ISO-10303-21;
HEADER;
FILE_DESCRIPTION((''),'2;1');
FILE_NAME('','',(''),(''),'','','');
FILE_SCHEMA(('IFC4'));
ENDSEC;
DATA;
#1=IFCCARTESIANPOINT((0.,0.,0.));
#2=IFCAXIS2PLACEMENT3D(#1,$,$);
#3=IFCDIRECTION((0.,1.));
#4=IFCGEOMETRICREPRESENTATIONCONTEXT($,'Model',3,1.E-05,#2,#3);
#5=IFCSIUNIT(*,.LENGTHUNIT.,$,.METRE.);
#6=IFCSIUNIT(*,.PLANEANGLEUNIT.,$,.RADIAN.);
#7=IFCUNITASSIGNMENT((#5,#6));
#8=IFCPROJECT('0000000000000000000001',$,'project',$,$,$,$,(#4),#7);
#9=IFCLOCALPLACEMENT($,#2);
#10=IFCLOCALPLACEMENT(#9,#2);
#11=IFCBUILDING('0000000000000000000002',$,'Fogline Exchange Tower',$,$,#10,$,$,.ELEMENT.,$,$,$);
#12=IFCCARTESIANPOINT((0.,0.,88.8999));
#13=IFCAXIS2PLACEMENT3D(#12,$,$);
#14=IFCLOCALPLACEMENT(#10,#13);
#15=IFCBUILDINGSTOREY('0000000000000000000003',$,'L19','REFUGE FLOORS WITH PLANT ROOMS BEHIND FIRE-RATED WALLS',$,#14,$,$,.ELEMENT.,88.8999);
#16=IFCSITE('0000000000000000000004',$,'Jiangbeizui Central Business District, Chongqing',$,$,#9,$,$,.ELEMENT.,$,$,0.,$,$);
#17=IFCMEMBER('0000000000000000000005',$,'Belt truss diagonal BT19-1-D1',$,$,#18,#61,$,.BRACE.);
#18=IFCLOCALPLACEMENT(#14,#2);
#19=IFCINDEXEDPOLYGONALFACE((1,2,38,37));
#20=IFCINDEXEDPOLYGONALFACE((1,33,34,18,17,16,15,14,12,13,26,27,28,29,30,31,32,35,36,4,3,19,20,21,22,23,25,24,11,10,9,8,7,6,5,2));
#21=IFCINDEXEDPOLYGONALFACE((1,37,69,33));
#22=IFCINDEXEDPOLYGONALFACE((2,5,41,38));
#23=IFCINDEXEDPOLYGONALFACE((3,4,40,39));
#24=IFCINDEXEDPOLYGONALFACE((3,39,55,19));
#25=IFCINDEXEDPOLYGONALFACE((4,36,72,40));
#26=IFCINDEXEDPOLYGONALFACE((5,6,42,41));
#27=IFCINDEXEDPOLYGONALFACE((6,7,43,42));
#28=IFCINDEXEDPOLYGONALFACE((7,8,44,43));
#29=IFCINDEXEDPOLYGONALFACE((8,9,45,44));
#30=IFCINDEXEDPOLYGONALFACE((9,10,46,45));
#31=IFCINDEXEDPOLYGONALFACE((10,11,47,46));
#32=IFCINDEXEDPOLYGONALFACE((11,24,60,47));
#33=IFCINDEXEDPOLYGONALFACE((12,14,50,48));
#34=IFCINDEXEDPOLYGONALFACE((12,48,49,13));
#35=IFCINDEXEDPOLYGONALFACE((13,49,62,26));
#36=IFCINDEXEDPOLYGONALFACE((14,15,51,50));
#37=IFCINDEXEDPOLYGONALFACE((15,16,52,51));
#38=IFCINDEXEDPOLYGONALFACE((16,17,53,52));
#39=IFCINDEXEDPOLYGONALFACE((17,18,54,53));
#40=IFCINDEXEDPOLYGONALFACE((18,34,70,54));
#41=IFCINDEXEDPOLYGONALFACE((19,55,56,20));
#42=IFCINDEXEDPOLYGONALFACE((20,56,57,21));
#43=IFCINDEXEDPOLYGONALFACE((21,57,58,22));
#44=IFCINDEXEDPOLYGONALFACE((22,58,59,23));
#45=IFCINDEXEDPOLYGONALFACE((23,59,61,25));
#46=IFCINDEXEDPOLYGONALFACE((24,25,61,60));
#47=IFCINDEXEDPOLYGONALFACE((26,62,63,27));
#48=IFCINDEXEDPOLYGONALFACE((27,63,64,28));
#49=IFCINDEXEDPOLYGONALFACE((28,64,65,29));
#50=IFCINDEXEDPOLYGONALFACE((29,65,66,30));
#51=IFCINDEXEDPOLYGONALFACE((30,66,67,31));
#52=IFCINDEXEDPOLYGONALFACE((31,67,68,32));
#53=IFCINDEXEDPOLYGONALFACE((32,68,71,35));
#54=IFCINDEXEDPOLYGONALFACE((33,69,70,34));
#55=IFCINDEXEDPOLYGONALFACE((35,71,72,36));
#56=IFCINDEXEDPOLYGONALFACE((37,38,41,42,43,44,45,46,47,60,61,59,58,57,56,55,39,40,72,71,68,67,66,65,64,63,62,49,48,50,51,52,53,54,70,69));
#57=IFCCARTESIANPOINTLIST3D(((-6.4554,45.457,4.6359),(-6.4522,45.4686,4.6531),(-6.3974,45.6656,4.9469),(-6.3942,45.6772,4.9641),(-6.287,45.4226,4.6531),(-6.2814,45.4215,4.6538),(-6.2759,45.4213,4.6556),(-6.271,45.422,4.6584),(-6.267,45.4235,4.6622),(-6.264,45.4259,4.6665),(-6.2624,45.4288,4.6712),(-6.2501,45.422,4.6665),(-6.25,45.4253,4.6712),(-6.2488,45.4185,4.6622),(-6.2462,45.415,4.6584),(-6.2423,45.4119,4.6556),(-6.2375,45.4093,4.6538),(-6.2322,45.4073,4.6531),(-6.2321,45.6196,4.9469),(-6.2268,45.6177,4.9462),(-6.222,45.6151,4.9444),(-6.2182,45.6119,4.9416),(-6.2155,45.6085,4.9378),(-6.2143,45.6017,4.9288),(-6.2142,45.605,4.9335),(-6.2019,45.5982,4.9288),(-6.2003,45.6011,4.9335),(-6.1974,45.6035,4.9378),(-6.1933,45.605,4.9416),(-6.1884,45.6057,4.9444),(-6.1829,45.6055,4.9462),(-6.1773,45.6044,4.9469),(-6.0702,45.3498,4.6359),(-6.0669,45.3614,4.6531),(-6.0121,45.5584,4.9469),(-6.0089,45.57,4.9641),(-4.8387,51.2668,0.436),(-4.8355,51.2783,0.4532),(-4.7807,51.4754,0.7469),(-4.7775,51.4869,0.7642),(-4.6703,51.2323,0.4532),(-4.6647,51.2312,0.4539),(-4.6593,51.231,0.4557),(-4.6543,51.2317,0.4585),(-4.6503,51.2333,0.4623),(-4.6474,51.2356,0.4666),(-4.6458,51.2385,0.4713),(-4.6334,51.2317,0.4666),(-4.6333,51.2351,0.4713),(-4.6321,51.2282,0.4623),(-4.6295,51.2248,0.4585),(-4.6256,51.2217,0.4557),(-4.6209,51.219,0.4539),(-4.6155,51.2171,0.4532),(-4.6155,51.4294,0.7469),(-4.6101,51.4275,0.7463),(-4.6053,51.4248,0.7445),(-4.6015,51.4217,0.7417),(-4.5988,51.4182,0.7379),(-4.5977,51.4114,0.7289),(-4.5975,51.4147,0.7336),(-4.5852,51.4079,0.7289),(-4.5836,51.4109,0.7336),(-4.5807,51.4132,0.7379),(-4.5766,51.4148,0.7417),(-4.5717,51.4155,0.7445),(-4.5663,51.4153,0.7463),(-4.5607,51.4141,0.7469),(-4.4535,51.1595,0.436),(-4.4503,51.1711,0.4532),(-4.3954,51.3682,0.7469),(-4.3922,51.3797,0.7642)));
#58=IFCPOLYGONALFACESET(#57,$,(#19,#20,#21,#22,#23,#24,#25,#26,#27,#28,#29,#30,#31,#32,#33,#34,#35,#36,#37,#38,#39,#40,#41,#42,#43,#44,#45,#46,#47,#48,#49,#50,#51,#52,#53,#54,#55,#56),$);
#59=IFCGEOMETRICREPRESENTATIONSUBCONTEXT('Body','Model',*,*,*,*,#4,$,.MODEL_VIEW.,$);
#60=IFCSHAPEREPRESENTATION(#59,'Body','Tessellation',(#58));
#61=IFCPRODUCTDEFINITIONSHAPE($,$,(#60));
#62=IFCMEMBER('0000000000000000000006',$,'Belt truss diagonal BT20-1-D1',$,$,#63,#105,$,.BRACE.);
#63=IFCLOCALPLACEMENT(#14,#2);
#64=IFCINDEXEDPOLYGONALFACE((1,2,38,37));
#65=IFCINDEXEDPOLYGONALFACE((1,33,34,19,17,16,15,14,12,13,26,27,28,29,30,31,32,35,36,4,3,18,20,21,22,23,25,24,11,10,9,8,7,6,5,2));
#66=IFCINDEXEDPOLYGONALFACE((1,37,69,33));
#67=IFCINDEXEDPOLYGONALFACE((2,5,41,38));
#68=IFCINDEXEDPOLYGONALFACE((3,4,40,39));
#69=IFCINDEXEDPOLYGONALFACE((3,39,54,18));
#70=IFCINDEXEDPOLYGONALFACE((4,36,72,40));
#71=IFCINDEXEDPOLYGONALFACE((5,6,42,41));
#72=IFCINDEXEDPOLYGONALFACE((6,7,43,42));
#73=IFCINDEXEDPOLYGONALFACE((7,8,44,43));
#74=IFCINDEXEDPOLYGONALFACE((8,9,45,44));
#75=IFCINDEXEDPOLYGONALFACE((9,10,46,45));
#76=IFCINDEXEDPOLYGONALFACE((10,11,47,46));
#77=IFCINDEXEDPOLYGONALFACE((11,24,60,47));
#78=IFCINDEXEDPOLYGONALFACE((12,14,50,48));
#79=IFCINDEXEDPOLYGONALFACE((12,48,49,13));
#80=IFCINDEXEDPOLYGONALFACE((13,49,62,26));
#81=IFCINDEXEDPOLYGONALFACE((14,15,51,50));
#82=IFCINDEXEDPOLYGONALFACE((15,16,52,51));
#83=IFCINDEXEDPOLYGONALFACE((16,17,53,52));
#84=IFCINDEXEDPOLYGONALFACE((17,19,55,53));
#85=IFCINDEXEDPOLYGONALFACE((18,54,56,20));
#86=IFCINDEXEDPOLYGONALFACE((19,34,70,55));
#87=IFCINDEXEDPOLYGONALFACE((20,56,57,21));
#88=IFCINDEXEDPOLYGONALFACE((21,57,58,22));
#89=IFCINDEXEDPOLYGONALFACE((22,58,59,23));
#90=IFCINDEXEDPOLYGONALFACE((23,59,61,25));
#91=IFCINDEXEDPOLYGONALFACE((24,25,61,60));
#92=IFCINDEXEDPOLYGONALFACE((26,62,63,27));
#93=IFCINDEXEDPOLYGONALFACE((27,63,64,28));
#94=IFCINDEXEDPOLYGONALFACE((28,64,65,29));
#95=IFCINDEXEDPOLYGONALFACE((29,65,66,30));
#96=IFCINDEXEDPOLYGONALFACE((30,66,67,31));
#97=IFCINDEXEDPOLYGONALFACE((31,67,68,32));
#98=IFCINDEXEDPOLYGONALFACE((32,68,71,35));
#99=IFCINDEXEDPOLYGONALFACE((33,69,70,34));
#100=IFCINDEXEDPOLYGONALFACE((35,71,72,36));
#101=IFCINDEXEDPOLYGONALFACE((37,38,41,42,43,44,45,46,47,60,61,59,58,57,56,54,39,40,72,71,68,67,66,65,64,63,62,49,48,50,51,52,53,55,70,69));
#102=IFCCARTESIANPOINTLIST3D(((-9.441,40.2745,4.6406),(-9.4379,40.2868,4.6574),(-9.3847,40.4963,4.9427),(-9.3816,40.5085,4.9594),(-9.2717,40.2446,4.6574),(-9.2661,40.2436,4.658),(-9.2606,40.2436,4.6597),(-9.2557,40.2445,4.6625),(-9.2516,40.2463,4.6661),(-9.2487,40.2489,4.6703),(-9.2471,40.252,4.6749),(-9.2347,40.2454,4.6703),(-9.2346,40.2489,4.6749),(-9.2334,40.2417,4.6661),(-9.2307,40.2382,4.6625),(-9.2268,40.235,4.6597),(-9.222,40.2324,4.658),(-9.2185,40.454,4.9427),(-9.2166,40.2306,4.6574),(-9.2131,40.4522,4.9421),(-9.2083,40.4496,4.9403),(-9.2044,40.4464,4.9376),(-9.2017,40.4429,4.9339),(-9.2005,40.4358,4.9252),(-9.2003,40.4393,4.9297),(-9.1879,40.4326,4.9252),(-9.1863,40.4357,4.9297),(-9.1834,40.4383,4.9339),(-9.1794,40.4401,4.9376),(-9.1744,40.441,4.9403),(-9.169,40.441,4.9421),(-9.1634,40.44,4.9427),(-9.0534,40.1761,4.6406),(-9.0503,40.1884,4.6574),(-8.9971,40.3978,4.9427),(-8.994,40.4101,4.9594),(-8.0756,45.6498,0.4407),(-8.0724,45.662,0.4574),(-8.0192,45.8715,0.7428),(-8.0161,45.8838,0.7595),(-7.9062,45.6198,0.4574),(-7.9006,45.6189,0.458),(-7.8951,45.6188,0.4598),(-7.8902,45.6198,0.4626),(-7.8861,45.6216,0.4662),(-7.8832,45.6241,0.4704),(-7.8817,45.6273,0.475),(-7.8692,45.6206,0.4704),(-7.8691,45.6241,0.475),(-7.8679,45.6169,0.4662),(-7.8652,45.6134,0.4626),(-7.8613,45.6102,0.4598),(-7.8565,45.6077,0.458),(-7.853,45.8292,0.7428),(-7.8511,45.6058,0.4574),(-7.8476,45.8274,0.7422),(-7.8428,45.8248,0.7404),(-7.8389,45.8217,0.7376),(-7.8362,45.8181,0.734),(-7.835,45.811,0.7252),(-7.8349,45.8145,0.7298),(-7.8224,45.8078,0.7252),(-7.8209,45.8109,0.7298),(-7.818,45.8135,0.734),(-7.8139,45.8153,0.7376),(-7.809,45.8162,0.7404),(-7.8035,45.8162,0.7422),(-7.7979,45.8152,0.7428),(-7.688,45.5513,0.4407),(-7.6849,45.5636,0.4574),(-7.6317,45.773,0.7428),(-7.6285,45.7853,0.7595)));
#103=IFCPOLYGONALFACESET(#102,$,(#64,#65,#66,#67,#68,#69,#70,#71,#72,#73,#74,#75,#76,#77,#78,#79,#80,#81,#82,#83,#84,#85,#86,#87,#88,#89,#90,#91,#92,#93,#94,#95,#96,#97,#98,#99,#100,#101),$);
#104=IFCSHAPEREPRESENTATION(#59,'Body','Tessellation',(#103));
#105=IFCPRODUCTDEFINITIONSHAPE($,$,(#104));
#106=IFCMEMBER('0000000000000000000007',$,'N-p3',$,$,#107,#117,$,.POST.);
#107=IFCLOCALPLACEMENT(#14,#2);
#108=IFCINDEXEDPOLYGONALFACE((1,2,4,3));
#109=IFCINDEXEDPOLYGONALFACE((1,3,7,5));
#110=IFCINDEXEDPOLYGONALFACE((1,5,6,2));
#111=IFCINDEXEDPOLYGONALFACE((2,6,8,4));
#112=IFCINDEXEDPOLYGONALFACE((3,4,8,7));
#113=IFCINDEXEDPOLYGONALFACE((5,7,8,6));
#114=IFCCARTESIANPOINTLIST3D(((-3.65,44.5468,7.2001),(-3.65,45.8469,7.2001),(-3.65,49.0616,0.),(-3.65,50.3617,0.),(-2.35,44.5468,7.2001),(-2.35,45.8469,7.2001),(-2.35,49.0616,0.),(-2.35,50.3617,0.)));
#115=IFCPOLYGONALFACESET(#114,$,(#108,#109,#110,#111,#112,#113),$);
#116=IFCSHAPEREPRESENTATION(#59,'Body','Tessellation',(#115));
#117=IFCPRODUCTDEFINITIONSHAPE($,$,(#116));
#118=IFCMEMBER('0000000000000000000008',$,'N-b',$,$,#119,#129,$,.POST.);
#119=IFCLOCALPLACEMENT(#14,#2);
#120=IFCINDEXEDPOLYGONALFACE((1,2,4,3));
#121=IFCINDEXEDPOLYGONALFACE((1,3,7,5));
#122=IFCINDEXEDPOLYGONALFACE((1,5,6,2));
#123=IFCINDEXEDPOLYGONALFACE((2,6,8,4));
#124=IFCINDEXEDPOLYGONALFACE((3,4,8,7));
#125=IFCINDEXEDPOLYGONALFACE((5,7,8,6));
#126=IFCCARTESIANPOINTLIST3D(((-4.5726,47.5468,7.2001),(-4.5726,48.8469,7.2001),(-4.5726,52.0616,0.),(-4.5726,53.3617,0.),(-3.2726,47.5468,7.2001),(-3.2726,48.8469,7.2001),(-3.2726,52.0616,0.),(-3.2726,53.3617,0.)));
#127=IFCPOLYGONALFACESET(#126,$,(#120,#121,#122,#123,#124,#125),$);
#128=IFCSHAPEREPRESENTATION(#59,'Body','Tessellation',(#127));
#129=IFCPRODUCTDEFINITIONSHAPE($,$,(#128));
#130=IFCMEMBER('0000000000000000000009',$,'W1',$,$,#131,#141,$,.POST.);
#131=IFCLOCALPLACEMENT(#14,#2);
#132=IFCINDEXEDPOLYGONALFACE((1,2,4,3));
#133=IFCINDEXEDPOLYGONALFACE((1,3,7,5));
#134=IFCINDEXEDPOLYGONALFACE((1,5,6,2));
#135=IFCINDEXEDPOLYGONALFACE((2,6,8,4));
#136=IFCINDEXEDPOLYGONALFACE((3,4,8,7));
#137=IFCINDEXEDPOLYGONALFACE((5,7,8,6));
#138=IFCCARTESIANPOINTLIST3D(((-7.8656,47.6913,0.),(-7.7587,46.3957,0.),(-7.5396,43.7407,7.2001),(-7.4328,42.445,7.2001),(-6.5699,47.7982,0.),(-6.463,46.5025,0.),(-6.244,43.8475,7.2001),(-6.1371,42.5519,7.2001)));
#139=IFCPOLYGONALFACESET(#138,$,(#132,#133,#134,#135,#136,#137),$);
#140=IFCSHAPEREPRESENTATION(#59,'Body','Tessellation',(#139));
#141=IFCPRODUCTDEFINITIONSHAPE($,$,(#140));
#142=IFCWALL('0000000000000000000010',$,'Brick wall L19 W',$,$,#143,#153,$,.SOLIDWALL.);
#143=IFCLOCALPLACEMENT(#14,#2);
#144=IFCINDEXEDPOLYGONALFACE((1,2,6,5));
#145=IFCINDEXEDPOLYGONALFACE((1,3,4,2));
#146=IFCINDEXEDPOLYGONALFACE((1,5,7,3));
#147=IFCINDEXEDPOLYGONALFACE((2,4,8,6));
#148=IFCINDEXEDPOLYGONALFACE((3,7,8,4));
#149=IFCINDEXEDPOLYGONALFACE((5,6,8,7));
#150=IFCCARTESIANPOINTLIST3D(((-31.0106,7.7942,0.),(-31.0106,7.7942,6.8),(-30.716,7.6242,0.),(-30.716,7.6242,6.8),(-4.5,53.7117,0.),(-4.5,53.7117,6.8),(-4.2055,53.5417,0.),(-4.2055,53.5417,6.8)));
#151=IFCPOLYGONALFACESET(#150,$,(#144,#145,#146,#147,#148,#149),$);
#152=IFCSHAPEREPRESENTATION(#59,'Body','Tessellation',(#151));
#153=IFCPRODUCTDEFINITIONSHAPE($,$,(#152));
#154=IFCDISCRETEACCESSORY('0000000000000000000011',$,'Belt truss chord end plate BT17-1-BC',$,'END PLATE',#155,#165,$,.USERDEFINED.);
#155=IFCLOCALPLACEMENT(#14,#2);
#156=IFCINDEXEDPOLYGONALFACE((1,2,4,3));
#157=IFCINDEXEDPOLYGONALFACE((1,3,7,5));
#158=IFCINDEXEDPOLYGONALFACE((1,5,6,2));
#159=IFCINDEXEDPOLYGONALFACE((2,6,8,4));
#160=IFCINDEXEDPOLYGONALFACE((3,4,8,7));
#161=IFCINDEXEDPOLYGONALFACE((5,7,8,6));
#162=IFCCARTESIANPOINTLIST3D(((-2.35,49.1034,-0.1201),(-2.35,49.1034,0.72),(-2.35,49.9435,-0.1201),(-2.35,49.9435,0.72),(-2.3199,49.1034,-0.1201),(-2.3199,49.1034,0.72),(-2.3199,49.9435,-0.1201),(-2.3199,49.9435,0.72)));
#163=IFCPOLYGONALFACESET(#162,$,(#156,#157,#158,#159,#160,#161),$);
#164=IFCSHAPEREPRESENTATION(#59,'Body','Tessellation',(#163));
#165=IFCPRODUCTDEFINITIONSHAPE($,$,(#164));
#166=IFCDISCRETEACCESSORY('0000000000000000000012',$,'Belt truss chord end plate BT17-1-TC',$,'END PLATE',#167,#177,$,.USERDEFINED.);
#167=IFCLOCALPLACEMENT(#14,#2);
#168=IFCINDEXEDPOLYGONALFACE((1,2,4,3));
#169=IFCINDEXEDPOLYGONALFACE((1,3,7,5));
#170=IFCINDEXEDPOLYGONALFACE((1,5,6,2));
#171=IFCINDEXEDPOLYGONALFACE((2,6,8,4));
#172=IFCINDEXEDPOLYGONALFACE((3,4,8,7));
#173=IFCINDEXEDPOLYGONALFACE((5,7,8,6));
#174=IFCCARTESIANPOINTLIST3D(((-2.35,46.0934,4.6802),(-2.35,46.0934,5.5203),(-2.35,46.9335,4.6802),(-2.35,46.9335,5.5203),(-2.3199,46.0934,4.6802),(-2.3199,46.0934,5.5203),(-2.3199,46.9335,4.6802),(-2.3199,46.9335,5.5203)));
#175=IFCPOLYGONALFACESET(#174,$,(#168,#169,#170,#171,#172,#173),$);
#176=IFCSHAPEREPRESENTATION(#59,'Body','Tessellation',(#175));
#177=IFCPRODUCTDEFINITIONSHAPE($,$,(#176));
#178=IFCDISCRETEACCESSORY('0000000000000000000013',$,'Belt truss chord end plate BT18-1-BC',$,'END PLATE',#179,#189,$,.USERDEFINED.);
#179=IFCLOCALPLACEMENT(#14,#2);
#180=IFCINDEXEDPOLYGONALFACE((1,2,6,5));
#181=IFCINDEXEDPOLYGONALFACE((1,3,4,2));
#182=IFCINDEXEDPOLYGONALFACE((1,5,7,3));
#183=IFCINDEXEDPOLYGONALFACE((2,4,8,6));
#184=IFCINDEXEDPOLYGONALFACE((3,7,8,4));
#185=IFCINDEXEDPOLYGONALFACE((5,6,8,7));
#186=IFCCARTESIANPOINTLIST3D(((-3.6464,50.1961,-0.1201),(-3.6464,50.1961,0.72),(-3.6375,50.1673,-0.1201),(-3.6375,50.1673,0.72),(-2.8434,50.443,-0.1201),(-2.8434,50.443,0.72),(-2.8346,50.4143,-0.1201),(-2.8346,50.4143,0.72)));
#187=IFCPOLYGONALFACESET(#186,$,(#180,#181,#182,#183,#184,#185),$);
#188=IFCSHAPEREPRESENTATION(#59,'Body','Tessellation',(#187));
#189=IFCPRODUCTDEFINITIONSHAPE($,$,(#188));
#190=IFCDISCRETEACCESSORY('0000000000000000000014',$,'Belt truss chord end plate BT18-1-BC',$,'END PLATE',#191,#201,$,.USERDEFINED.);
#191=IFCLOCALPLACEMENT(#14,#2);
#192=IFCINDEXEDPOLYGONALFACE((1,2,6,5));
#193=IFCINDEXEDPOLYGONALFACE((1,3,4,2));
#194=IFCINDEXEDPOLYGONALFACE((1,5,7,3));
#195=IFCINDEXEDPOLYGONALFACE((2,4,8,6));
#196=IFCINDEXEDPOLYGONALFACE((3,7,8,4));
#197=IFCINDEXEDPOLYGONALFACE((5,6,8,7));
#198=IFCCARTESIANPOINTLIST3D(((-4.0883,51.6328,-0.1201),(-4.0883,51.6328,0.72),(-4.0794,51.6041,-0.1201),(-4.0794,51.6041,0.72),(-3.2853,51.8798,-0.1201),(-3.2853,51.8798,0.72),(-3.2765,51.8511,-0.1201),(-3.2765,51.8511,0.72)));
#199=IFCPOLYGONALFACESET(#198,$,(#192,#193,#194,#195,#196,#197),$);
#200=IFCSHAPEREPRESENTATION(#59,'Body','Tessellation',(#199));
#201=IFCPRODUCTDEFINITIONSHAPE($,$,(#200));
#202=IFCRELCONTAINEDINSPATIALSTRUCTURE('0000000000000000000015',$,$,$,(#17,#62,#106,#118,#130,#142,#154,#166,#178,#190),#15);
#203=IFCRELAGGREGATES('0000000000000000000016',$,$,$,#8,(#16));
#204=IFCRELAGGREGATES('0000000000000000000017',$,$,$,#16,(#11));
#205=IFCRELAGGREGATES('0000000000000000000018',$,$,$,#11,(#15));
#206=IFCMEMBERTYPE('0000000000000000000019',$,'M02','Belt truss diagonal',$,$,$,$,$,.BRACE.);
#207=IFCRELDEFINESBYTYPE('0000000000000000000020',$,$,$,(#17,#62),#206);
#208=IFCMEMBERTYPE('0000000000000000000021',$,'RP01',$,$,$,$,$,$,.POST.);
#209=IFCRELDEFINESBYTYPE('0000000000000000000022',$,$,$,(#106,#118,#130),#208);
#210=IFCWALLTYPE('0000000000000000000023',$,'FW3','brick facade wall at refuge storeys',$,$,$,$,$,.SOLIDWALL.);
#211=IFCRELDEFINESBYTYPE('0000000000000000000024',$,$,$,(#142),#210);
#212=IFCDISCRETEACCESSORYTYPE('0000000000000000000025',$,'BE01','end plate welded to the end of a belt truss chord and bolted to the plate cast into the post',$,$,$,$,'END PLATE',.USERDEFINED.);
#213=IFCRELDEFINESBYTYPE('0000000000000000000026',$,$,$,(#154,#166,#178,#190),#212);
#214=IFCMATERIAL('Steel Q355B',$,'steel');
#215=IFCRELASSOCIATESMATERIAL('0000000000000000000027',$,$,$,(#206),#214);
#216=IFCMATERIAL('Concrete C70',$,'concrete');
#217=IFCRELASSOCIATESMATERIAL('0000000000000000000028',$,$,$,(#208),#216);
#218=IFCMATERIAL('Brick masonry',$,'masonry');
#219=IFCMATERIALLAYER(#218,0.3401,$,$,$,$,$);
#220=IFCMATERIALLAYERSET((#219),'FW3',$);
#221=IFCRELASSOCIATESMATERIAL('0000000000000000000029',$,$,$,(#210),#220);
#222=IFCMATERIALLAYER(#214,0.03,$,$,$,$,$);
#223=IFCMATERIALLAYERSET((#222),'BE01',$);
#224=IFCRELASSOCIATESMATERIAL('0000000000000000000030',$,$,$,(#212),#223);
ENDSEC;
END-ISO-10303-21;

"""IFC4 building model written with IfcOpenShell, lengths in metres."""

from ifc_helpers import new_model, si_unit, direction, frame, frame_2d, origin, origin_2d, place, context, subcontext, project, spatial, rectangle, i_section, extrude, material, layer, layer_set, material_profile, profile_set, type_object, element, save


model = new_model("IFC4")

# Units and contexts
model_context = context("Model", 3, precision=1e-05, world=origin(), true_north=direction((0.0, 1.0)))
body_context = subcontext(model_context, "Body", "Model", "MODEL_VIEW")
ifc_project = project(units=[si_unit("LENGTHUNIT", "METRE"), si_unit("PLANEANGLEUNIT", "RADIAN")], contexts=[model_context])

# Site, building, storey
site_placement = place(None, origin())
site = spatial("IfcSite", under=ifc_project, at=site_placement, Name="Jiangbeizui Central Business District, Chongqing", CompositionType="ELEMENT", RefElevation=0.0)
building_placement = place(site_placement, origin())
building = spatial("IfcBuilding", under=site, at=building_placement, Name="Fogline Exchange Tower", CompositionType="ELEMENT")
storey_placement = place(building_placement, frame((0.0, 0.0, 88.8999)))
storey = spatial("IfcBuildingStorey", under=building, at=storey_placement, Name="L19", Description="REFUGE FLOORS WITH PLANT ROOMS BEHIND FIRE-RATED WALLS", CompositionType="ELEMENT", Elevation=88.8999)

# Members
ifc_material_1 = material(Name="Steel Q355B", Category="steel")
ifc_material_profile_1 = material_profile(ifc_material_1, i_section(OverallWidth=0.3999, OverallDepth=0.3999, WebThickness=0.0129, FlangeThickness=0.021, FilletRadius=0.022, at=origin_2d()), Name="HW400X400X13X21")
ifc_profile_set_1 = profile_set([ifc_material_profile_1], Name="Steel Q355B")
member_type_1 = type_object("IfcMemberType", Name="M02", Description="Belt truss diagonal", PredefinedType="BRACE", material=ifc_profile_set_1)
member_1_placement = place(storey_placement, frame((-4.6155, 51.3232, 0.6001), z_axis=(-0.21999, -0.790563, 0.571503), x_axis=(0.963395, -0.268084, 0.0)))
element("IfcMember", 1, at=member_1_placement, inside=storey, type_object=member_type_1, Name="Belt truss diagonal BT19-1-D1", PredefinedType="BRACE", context=body_context, shape_type="SweptSolid", body=[
    extrude(i_section(OverallWidth=0.3999, OverallDepth=0.3999, WebThickness=0.0129, FlangeThickness=0.021, FilletRadius=0.022, at=origin_2d()), origin(), (0.0, 0.0, 1.0), 7.3489),
])
member_2_placement = place(storey_placement, frame((-7.8521, 45.7175, 0.6001), z_axis=(-0.196279, -0.772658, 0.603717), x_axis=(0.969216, -0.246211, 0.0)))
element("IfcMember", 2, at=member_2_placement, inside=storey, type_object=member_type_1, Name="Belt truss diagonal BT20-1-D1", PredefinedType="BRACE", context=body_context, shape_type="SweptSolid", body=[
    extrude(i_section(OverallWidth=0.3999, OverallDepth=0.3999, WebThickness=0.0129, FlangeThickness=0.021, FilletRadius=0.022, at=origin_2d()), origin(), (0.0, 0.0, 1.0), 6.9568),
])
ifc_material_2 = material(Name="Concrete C70", Category="concrete")
ifc_material_profile_2 = material_profile(ifc_material_2, rectangle(XDim=1.3, YDim=1.3, at=origin_2d()), Name="RC 1300x1300")
ifc_profile_set_2 = profile_set([ifc_material_profile_2], Name="Concrete C70")
member_type_2 = type_object("IfcMemberType", Name="RP01", PredefinedType="POST", material=ifc_profile_set_2)
for number, where, z_axis, x_axis, name in (
    (3, (-3.0, 49.7117, 0.0), (0.0, 0.0, 1.0), (1.0, 0.0, 0.0), "N-p3"),
    (4, (-3.9226, 52.7117, 0.0), (0.0, 0.0, 1.0), (1.0, 0.0, 0.0), "N-b"),
):
    element("IfcMember", number, at=place(storey_placement, frame(where, z_axis=z_axis, x_axis=x_axis)), inside=storey, type_object=member_type_2, Name=name, PredefinedType="POST", context=body_context, shape_type="SweptSolid", body=[
        extrude(rectangle(XDim=1.3, YDim=1.3, at=origin_2d()), origin(), (0.0, -0.531248, 0.847216), 8.4985),
    ])
member_3_placement = place(storey_placement, frame((-7.1643, 47.0969, 0.0), z_axis=(0.0, 0.0, 1.0), x_axis=(0.996614, 0.08222, 0.0)))
element("IfcMember", 5, at=member_3_placement, inside=storey, type_object=member_type_2, Name="W1", PredefinedType="POST", context=body_context, shape_type="SweptSolid", body=[
    extrude(rectangle(XDim=1.3, YDim=1.3, at=origin_2d()), origin(), (0.0, -0.482292, 0.87601), 8.2192),
])

# Wall
ifc_material_3 = material(Name="Brick masonry", Category="masonry")
ifc_layer_1 = layer(ifc_material_3, 0.3401)
ifc_layer_set_1 = layer_set([ifc_layer_1], Name="FW3")
wall_type = type_object("IfcWallType", Name="FW3", Description="brick facade wall at refuge storeys", PredefinedType="SOLIDWALL", material=ifc_layer_set_1)
wall_placement = place(storey_placement, frame((-4.3528, 53.6267, 0.0), z_axis=(0.0, 0.0, 1.0), x_axis=(-0.5, -0.866025, 0.0)))
element("IfcWall", 6, at=wall_placement, inside=storey, type_object=wall_type, Name="Brick wall L19 W", PredefinedType="SOLIDWALL", context=body_context, shape_type="SweptSolid", body=[
    extrude(rectangle(XDim=53.021, YDim=0.3401, at=frame_2d((26.5105, 0.0))), origin(), (0.0, 0.0, 1.0), 6.8),
])

# Discrete accessories
ifc_layer_2 = layer(ifc_material_1, 0.03)
ifc_layer_set_2 = layer_set([ifc_layer_2], Name="BE01")
discrete_accessory_type = type_object("IfcDiscreteAccessoryType", Name="BE01", Description="end plate welded to the end of a belt truss chord and bolted to the plate cast into the post", ElementType="END PLATE", PredefinedType="USERDEFINED", material=ifc_layer_set_2)
for number, where, z_axis, x_axis, name in (
    (7, (-2.335, 49.5234, -0.1201), (0.0, 0.0, 1.0), (-1.0, 0.0, 0.0), "Belt truss chord end plate BT17-1-BC"),
    (8, (-2.335, 46.5134, 4.6802), (0.0, 0.0, 1.0), (-1.0, 0.0, 0.0), "Belt truss chord end plate BT17-1-TC"),
    (9, (-3.2405, 50.3052, -0.1201), (0.0, 0.0, 1.0), (0.293962, -0.955817, 0.0), "Belt truss chord end plate BT18-1-BC"),
    (10, (-3.6824, 51.7419, -0.1201), (0.0, 0.0, 1.0), (-0.293962, 0.955817, 0.0), "Belt truss chord end plate BT18-1-BC"),
):
    element("IfcDiscreteAccessory", number, at=place(storey_placement, frame(where, z_axis=z_axis, x_axis=x_axis)), inside=storey, type_object=discrete_accessory_type, Name=name, ObjectType="END PLATE", PredefinedType="USERDEFINED", context=body_context, shape_type="SweptSolid", body=[
        extrude(rectangle(XDim=0.03, YDim=0.8401, at=origin_2d()), origin(), (0.0, 0.0, 1.0), 0.8401),
    ])

save(model, "model.ifc")
